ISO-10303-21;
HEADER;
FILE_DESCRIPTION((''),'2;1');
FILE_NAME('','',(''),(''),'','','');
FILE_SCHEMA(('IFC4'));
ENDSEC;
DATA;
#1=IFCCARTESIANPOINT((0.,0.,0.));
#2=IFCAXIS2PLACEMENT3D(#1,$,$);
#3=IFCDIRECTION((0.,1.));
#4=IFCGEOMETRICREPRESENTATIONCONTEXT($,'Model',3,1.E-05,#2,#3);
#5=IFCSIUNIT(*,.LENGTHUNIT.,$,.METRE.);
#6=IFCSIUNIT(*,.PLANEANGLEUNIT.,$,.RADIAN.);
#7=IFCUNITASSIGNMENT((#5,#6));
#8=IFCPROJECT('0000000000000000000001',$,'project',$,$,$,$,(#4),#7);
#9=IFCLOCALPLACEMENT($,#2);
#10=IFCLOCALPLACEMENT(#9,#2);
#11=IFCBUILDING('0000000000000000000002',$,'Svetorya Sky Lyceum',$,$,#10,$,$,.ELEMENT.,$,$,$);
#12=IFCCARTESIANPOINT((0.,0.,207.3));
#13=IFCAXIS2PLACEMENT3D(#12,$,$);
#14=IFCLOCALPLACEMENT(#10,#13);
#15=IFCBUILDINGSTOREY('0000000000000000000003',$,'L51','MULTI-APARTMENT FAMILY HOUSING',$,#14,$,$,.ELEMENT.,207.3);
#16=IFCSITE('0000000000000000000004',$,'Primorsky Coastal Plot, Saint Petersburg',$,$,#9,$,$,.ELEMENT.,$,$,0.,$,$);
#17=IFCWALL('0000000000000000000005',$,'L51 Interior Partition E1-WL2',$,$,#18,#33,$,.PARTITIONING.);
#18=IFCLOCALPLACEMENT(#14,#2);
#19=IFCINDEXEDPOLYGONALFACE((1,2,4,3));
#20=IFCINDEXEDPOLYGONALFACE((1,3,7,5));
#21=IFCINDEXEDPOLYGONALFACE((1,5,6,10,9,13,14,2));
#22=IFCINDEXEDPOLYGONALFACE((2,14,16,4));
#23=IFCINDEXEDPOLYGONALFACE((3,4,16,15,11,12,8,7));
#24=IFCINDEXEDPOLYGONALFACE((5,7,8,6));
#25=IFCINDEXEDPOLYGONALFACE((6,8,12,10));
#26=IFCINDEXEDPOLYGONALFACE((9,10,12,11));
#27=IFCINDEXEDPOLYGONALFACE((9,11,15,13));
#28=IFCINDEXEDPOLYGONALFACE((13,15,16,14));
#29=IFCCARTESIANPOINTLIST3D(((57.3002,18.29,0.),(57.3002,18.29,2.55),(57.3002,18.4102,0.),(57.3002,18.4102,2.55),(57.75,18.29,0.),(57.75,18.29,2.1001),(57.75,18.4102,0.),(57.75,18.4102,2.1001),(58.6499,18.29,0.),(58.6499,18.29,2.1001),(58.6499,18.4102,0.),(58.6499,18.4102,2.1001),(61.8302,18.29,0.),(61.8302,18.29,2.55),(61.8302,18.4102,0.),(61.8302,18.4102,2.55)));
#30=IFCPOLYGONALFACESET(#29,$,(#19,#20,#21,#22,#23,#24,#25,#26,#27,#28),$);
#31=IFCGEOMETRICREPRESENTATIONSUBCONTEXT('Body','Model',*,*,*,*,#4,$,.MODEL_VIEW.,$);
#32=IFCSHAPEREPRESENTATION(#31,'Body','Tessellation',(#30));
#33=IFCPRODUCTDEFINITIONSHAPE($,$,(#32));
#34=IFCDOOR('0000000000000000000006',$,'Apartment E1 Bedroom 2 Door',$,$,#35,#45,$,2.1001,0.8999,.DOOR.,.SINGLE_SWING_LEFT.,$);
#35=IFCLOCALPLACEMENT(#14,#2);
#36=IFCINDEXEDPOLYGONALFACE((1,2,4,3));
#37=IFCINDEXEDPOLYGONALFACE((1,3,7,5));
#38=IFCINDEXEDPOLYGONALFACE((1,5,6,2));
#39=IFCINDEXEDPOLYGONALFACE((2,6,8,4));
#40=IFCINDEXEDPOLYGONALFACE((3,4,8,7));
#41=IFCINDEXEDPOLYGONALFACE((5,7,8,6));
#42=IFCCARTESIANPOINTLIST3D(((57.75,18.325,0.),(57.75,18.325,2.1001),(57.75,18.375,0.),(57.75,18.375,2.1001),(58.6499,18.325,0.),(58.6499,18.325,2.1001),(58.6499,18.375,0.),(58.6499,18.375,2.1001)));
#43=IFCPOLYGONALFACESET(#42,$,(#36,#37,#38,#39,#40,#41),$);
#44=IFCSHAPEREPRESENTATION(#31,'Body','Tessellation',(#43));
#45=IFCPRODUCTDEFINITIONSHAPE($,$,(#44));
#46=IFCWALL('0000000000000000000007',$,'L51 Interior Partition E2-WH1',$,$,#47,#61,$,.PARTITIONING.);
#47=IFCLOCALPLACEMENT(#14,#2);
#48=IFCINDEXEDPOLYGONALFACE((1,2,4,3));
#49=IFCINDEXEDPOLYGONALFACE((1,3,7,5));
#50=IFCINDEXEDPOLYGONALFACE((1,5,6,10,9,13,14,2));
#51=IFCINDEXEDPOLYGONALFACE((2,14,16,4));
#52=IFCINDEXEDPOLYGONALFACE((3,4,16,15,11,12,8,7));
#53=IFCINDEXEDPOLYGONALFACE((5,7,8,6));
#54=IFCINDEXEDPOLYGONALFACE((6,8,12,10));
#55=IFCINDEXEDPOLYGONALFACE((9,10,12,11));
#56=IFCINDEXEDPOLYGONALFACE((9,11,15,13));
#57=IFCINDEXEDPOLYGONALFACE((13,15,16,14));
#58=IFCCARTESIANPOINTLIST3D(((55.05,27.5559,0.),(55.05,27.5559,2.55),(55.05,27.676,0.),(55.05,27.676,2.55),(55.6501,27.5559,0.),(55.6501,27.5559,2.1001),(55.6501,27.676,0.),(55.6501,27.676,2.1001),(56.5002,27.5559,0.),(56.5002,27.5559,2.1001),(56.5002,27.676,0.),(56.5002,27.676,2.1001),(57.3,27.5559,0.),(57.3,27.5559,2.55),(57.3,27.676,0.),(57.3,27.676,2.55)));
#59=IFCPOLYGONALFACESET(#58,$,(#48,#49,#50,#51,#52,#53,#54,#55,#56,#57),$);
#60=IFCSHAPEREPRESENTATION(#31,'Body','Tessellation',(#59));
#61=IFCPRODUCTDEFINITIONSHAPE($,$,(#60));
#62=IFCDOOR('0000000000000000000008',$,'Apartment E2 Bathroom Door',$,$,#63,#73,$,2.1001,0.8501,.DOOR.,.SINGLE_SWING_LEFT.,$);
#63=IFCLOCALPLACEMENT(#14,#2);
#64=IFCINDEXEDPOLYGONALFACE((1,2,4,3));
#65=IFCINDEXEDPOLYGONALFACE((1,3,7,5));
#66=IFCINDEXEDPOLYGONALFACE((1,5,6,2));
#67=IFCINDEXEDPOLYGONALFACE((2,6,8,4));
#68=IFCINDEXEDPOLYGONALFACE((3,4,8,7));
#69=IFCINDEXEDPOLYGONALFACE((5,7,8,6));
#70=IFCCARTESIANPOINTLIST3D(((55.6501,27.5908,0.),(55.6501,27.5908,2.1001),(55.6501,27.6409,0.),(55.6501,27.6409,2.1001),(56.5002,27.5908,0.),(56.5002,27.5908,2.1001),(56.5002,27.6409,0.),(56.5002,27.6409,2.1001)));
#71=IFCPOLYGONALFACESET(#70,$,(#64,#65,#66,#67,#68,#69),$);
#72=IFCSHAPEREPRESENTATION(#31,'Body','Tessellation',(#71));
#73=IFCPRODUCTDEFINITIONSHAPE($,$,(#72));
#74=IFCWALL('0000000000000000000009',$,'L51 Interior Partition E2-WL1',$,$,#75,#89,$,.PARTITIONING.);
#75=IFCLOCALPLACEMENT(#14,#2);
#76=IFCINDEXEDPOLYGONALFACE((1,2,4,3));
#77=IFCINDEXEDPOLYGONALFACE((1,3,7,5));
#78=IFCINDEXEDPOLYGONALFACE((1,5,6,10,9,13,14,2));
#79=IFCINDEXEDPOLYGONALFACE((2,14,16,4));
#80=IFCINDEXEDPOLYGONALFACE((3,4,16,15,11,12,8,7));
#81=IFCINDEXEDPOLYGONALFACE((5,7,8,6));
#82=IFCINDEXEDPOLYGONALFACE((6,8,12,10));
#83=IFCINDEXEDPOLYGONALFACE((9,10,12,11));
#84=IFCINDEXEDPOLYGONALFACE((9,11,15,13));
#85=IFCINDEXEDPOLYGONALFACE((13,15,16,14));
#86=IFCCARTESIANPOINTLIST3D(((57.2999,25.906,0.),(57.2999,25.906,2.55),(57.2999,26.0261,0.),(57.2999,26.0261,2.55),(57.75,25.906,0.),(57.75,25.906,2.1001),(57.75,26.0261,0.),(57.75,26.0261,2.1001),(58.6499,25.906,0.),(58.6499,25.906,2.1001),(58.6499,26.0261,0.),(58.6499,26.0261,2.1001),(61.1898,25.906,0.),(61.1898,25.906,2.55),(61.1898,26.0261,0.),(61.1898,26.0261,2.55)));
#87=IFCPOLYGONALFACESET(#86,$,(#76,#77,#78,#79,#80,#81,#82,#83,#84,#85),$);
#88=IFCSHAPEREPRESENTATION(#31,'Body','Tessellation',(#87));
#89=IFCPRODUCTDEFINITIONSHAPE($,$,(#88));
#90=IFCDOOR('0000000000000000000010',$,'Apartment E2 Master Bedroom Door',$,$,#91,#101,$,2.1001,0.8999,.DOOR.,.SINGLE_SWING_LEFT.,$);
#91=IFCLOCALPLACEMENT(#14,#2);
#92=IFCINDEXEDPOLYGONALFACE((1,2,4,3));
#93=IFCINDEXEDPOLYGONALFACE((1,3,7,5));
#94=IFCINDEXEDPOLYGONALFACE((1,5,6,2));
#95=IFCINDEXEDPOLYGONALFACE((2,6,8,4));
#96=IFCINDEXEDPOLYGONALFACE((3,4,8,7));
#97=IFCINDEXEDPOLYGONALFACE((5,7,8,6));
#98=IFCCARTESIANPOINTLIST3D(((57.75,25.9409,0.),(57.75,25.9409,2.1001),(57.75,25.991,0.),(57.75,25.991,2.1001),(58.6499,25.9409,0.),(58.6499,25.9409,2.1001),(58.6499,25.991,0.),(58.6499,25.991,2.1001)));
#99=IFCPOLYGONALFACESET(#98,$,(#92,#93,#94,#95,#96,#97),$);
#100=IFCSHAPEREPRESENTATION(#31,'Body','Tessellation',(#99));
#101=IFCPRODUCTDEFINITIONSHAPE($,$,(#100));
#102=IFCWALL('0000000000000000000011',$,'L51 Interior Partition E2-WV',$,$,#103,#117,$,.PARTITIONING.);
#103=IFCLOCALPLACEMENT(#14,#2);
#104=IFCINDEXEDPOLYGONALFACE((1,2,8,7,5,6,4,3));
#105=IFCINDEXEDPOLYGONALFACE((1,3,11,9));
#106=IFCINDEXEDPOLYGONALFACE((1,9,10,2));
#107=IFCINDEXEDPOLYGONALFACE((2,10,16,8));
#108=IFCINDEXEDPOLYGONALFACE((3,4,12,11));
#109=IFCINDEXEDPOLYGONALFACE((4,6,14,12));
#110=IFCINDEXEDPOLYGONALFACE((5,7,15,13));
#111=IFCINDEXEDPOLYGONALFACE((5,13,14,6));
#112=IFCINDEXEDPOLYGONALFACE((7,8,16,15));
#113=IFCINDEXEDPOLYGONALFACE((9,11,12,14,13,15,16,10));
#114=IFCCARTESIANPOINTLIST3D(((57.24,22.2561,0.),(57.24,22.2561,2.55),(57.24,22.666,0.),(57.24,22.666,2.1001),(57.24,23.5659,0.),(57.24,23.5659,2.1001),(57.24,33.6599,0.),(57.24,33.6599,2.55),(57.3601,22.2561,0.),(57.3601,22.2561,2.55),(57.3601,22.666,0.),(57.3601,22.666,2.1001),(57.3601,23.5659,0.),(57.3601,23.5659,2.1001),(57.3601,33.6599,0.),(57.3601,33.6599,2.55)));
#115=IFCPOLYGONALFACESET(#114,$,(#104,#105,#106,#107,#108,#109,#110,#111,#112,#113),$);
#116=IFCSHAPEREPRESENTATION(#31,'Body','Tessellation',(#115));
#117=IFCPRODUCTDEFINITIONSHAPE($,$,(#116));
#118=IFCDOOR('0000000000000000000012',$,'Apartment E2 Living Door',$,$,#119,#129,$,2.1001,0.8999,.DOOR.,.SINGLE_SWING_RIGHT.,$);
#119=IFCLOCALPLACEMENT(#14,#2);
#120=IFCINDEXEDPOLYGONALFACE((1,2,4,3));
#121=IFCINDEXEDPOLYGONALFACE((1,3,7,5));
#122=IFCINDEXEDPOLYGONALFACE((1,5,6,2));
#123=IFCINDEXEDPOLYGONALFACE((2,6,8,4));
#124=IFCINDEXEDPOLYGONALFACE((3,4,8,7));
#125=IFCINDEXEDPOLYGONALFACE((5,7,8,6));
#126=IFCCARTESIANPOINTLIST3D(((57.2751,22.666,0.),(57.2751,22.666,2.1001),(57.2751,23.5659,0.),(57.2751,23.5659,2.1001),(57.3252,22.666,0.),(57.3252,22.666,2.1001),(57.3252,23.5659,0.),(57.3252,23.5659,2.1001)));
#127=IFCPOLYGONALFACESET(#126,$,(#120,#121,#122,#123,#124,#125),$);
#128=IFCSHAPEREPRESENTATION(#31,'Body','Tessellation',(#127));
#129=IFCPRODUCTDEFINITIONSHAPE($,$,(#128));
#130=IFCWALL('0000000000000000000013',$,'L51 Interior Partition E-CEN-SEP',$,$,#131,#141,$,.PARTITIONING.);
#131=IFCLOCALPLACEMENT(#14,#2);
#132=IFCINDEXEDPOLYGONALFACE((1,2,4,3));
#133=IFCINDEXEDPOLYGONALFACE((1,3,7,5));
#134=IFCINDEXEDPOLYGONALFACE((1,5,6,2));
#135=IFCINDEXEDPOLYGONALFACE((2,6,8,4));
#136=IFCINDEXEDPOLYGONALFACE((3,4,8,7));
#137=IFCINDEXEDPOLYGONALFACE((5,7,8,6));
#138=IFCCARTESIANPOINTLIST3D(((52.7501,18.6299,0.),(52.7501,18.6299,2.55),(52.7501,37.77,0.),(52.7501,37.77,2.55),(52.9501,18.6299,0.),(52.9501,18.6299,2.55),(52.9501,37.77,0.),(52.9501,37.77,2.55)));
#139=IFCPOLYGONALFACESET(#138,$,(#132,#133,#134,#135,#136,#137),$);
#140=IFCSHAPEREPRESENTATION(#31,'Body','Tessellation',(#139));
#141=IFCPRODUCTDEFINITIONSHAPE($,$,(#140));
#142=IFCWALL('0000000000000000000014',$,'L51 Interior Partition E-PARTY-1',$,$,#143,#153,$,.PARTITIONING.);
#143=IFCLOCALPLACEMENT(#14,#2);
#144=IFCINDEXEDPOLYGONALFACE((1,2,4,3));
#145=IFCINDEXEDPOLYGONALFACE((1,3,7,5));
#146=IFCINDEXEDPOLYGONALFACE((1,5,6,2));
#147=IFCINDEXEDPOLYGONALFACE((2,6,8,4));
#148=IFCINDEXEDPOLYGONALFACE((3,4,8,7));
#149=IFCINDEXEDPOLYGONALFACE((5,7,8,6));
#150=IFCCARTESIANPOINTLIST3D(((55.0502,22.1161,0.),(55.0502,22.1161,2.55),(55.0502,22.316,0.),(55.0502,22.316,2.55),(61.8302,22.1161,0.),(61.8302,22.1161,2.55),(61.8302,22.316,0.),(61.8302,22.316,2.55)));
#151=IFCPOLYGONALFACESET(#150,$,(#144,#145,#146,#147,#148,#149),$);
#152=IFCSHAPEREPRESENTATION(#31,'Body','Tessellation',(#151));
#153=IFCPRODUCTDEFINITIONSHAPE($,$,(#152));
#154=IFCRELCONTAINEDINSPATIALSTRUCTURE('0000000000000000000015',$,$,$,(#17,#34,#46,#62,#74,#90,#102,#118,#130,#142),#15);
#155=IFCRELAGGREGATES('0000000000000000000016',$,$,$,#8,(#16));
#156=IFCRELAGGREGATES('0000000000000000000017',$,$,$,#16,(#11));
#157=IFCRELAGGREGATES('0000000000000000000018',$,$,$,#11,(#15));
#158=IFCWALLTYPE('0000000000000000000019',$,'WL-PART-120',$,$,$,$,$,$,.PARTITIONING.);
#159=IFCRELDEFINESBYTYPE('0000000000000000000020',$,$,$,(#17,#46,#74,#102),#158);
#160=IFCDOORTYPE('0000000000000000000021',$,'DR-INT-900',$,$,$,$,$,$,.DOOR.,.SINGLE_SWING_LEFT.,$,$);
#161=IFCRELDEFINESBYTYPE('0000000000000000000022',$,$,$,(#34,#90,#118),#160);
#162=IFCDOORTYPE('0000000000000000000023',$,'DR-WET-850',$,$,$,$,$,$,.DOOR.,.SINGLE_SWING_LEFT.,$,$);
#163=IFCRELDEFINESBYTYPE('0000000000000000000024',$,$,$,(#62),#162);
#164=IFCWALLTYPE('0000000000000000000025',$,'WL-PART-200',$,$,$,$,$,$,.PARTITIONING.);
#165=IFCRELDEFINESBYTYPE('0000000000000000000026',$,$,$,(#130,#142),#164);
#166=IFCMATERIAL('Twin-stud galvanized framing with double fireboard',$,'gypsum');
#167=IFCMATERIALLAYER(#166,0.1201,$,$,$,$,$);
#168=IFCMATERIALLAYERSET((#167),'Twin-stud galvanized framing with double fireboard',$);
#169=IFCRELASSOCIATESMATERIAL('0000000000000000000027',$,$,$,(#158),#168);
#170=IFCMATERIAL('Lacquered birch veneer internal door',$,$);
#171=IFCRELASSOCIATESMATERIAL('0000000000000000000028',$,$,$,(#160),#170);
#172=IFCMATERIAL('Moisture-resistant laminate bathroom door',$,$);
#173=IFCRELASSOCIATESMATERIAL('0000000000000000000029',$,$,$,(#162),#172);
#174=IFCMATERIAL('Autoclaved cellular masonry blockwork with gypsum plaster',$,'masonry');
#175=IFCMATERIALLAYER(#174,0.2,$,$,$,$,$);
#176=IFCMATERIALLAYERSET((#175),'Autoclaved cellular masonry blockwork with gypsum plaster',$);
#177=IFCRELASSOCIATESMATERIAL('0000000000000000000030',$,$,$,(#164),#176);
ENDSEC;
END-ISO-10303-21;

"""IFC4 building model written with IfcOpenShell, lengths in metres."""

from ifc_helpers import new_model, si_unit, direction, frame, frame_2d, origin, place, context, subcontext, project, spatial, rectangle, extrude, material, layer, layer_set, type_object, element, fill, save


model = new_model("IFC4")

# Units and contexts
model_context = context("Model", 3, precision=1e-05, world=origin(), true_north=direction((0.0, 1.0)))
body_context = subcontext(model_context, "Body", "Model", "MODEL_VIEW")
ifc_project = project(units=[si_unit("LENGTHUNIT", "METRE"), si_unit("PLANEANGLEUNIT", "RADIAN")], contexts=[model_context])

# Site, building, storey
site_placement = place(None, origin())
site = spatial("IfcSite", under=ifc_project, at=site_placement, Name="Primorsky Coastal Plot, Saint Petersburg", CompositionType="ELEMENT", RefElevation=0.0)
building_placement = place(site_placement, origin())
building = spatial("IfcBuilding", under=site, at=building_placement, Name="Svetorya Sky Lyceum", CompositionType="ELEMENT")
storey_placement = place(building_placement, frame((0.0, 0.0, 207.3)))
storey = spatial("IfcBuildingStorey", under=building, at=storey_placement, Name="L51", Description="MULTI-APARTMENT FAMILY HOUSING", CompositionType="ELEMENT", Elevation=207.3)

# Walls, openings, doors
ifc_material_1 = material(Name="Twin-stud galvanized framing with double fireboard", Category="gypsum")
ifc_layer_1 = layer(ifc_material_1, 0.1201)
ifc_layer_set_1 = layer_set([ifc_layer_1], Name="Twin-stud galvanized framing with double fireboard")
wall_type_1 = type_object("IfcWallType", Name="WL-PART-120", PredefinedType="PARTITIONING", material=ifc_layer_set_1)
wall_1_placement = place(storey_placement, frame((57.3, 18.3501, 0.0), z_axis=(0.0, 0.0, 1.0), x_axis=(1.0, 0.0, 0.0)))
wall_1 = element("IfcWall", 1, at=wall_1_placement, inside=storey, type_object=wall_type_1, Name="L51 Interior Partition E1-WL2", PredefinedType="PARTITIONING", context=body_context, shape_type="SweptSolid", body=[
    extrude(rectangle(XDim=4.53, YDim=0.1201, at=frame_2d((2.2651, 0.0))), origin(), (0.0, 0.0, 1.0), 2.55),
])
opening_1_placement = place(wall_1_placement, frame((0.45, 0.0, 0.0)))
opening_1 = element("IfcOpeningElement", 2, at=opening_1_placement, cuts=wall_1, PredefinedType="OPENING", context=body_context, shape_type="SweptSolid", body=[
    extrude(rectangle(XDim=0.8999, YDim=2.1001, at=frame_2d((0.45, 1.05))), frame((0.0, 0.0701, 0.0), z_axis=(0.0, -1.0, 0.0), x_axis=(1.0, 0.0, 0.0)), (0.0, 0.0, 1.0), 0.1401),
])
ifc_material_2 = material(Name="Lacquered birch veneer internal door")
door_type_1 = type_object("IfcDoorType", Name="DR-INT-900", OperationType="SINGLE_SWING_LEFT", PredefinedType="DOOR", material=ifc_material_2)
door_1_placement = place(opening_1_placement, origin())
door_1 = element("IfcDoor", 3, at=door_1_placement, inside=storey, type_object=door_type_1, Name="Apartment E1 Bedroom 2 Door", OperationType="SINGLE_SWING_LEFT", OverallHeight=2.1001, OverallWidth=0.8999, PredefinedType="DOOR", context=body_context, shape_type="SweptSolid", body=[
    extrude(rectangle(XDim=0.8999, YDim=2.1001, at=frame_2d((0.45, 1.05))), frame((0.0, 0.0249, 0.0), z_axis=(0.0, -1.0, 0.0), x_axis=(1.0, 0.0, 0.0)), (0.0, 0.0, 1.0), 0.05),
])
fill(opening_1, door_1)
wall_2_placement = place(storey_placement, frame((55.05, 27.616, 0.0), z_axis=(0.0, 0.0, 1.0), x_axis=(1.0, 0.0, 0.0)))
wall_2 = element("IfcWall", 4, at=wall_2_placement, inside=storey, type_object=wall_type_1, Name="L51 Interior Partition E2-WH1", PredefinedType="PARTITIONING", context=body_context, shape_type="SweptSolid", body=[
    extrude(rectangle(XDim=2.25, YDim=0.1201, at=frame_2d((1.125, 0.0))), origin(), (0.0, 0.0, 1.0), 2.55),
])
opening_2_placement = place(wall_2_placement, frame((0.6001, 0.0, 0.0)))
opening_2 = element("IfcOpeningElement", 5, at=opening_2_placement, cuts=wall_2, PredefinedType="OPENING", context=body_context, shape_type="SweptSolid", body=[
    extrude(rectangle(XDim=0.8501, YDim=2.1001, at=frame_2d((0.425, 1.05))), frame((0.0, 0.0701, 0.0), z_axis=(0.0, -1.0, 0.0), x_axis=(1.0, 0.0, 0.0)), (0.0, 0.0, 1.0), 0.1401),
])
ifc_material_3 = material(Name="Moisture-resistant laminate bathroom door")
door_type_2 = type_object("IfcDoorType", Name="DR-WET-850", OperationType="SINGLE_SWING_LEFT", PredefinedType="DOOR", material=ifc_material_3)
door_2_placement = place(opening_2_placement, origin())
door_2 = element("IfcDoor", 6, at=door_2_placement, inside=storey, type_object=door_type_2, Name="Apartment E2 Bathroom Door", OperationType="SINGLE_SWING_LEFT", OverallHeight=2.1001, OverallWidth=0.8501, PredefinedType="DOOR", context=body_context, shape_type="SweptSolid", body=[
    extrude(rectangle(XDim=0.8501, YDim=2.1001, at=frame_2d((0.425, 1.05))), frame((0.0, 0.0249, 0.0), z_axis=(0.0, -1.0, 0.0), x_axis=(1.0, 0.0, 0.0)), (0.0, 0.0, 1.0), 0.05),
])
fill(opening_2, door_2)
wall_3_placement = place(storey_placement, frame((57.3, 25.9661, 0.0), z_axis=(0.0, 0.0, 1.0), x_axis=(1.0, 0.0, 0.0)))
wall_3 = element("IfcWall", 7, at=wall_3_placement, inside=storey, type_object=wall_type_1, Name="L51 Interior Partition E2-WL1", PredefinedType="PARTITIONING", context=body_context, shape_type="SweptSolid", body=[
    extrude(rectangle(XDim=3.8899, YDim=0.1201, at=frame_2d((1.9448, 0.0))), origin(), (0.0, 0.0, 1.0), 2.55),
])
opening_3_placement = place(wall_3_placement, frame((0.45, 0.0, 0.0)))
opening_3 = element("IfcOpeningElement", 8, at=opening_3_placement, cuts=wall_3, PredefinedType="OPENING", context=body_context, shape_type="SweptSolid", body=[
    extrude(rectangle(XDim=0.8999, YDim=2.1001, at=frame_2d((0.45, 1.05))), frame((0.0, 0.0701, 0.0), z_axis=(0.0, -1.0, 0.0), x_axis=(1.0, 0.0, 0.0)), (0.0, 0.0, 1.0), 0.1401),
])
door_3_placement = place(opening_3_placement, origin())
door_3 = element("IfcDoor", 9, at=door_3_placement, inside=storey, type_object=door_type_1, Name="Apartment E2 Master Bedroom Door", OperationType="SINGLE_SWING_LEFT", OverallHeight=2.1001, OverallWidth=0.8999, PredefinedType="DOOR", context=body_context, shape_type="SweptSolid", body=[
    extrude(rectangle(XDim=0.8999, YDim=2.1001, at=frame_2d((0.45, 1.05))), frame((0.0, 0.0249, 0.0), z_axis=(0.0, -1.0, 0.0), x_axis=(1.0, 0.0, 0.0)), (0.0, 0.0, 1.0), 0.05),
])
fill(opening_3, door_3)
wall_4_placement = place(storey_placement, frame((57.3, 22.2561, 0.0), z_axis=(0.0, 0.0, 1.0), x_axis=(0.0, 1.0, 0.0)))
wall_4 = element("IfcWall", 10, at=wall_4_placement, inside=storey, type_object=wall_type_1, Name="L51 Interior Partition E2-WV", PredefinedType="PARTITIONING", context=body_context, shape_type="SweptSolid", body=[
    extrude(rectangle(XDim=11.4038, YDim=0.1201, at=frame_2d((5.7019, 0.0))), origin(), (0.0, 0.0, 1.0), 2.55),
])
opening_4_placement = place(wall_4_placement, frame((0.4099, 0.0, 0.0)))
opening_4 = element("IfcOpeningElement", 11, at=opening_4_placement, cuts=wall_4, PredefinedType="OPENING", context=body_context, shape_type="SweptSolid", body=[
    extrude(rectangle(XDim=0.8999, YDim=2.1001, at=frame_2d((0.45, 1.05))), frame((0.0, 0.0701, 0.0), z_axis=(0.0, -1.0, 0.0), x_axis=(1.0, 0.0, 0.0)), (0.0, 0.0, 1.0), 0.1401),
])
door_4_placement = place(opening_4_placement, origin())
door_4 = element("IfcDoor", 12, at=door_4_placement, inside=storey, type_object=door_type_1, Name="Apartment E2 Living Door", OperationType="SINGLE_SWING_RIGHT", OverallHeight=2.1001, OverallWidth=0.8999, PredefinedType="DOOR", context=body_context, shape_type="SweptSolid", body=[
    extrude(rectangle(XDim=0.8999, YDim=2.1001, at=frame_2d((0.45, 1.05))), frame((0.0, 0.0249, 0.0), z_axis=(0.0, -1.0, 0.0), x_axis=(1.0, 0.0, 0.0)), (0.0, 0.0, 1.0), 0.05),
])
fill(opening_4, door_4)

# Walls
ifc_material_4 = material(Name="Autoclaved cellular masonry blockwork with gypsum plaster", Category="masonry")
ifc_layer_2 = layer(ifc_material_4, 0.2)
ifc_layer_set_2 = layer_set([ifc_layer_2], Name="Autoclaved cellular masonry blockwork with gypsum plaster")
wall_type_2 = type_object("IfcWallType", Name="WL-PART-200", PredefinedType="PARTITIONING", material=ifc_layer_set_2)
wall_5_placement = place(storey_placement, frame((52.8501, 18.6299, 0.0), z_axis=(0.0, 0.0, 1.0), x_axis=(0.0, 1.0, 0.0)))
element("IfcWall", 13, at=wall_5_placement, inside=storey, type_object=wall_type_2, Name="L51 Interior Partition E-CEN-SEP", PredefinedType="PARTITIONING", context=body_context, shape_type="SweptSolid", body=[
    extrude(rectangle(XDim=19.1401, YDim=0.2, at=frame_2d((9.5701, 0.0))), origin(), (0.0, 0.0, 1.0), 2.55),
])
wall_6_placement = place(storey_placement, frame((55.05, 22.2161, 0.0), z_axis=(0.0, 0.0, 1.0), x_axis=(1.0, 0.0, 0.0)))
element("IfcWall", 14, at=wall_6_placement, inside=storey, type_object=wall_type_2, Name="L51 Interior Partition E-PARTY-1", PredefinedType="PARTITIONING", context=body_context, shape_type="SweptSolid", body=[
    extrude(rectangle(XDim=6.78, YDim=0.2, at=frame_2d((3.3901, 0.0))), origin(), (0.0, 0.0, 1.0), 2.55),
])

save(model, "model.ifc")
